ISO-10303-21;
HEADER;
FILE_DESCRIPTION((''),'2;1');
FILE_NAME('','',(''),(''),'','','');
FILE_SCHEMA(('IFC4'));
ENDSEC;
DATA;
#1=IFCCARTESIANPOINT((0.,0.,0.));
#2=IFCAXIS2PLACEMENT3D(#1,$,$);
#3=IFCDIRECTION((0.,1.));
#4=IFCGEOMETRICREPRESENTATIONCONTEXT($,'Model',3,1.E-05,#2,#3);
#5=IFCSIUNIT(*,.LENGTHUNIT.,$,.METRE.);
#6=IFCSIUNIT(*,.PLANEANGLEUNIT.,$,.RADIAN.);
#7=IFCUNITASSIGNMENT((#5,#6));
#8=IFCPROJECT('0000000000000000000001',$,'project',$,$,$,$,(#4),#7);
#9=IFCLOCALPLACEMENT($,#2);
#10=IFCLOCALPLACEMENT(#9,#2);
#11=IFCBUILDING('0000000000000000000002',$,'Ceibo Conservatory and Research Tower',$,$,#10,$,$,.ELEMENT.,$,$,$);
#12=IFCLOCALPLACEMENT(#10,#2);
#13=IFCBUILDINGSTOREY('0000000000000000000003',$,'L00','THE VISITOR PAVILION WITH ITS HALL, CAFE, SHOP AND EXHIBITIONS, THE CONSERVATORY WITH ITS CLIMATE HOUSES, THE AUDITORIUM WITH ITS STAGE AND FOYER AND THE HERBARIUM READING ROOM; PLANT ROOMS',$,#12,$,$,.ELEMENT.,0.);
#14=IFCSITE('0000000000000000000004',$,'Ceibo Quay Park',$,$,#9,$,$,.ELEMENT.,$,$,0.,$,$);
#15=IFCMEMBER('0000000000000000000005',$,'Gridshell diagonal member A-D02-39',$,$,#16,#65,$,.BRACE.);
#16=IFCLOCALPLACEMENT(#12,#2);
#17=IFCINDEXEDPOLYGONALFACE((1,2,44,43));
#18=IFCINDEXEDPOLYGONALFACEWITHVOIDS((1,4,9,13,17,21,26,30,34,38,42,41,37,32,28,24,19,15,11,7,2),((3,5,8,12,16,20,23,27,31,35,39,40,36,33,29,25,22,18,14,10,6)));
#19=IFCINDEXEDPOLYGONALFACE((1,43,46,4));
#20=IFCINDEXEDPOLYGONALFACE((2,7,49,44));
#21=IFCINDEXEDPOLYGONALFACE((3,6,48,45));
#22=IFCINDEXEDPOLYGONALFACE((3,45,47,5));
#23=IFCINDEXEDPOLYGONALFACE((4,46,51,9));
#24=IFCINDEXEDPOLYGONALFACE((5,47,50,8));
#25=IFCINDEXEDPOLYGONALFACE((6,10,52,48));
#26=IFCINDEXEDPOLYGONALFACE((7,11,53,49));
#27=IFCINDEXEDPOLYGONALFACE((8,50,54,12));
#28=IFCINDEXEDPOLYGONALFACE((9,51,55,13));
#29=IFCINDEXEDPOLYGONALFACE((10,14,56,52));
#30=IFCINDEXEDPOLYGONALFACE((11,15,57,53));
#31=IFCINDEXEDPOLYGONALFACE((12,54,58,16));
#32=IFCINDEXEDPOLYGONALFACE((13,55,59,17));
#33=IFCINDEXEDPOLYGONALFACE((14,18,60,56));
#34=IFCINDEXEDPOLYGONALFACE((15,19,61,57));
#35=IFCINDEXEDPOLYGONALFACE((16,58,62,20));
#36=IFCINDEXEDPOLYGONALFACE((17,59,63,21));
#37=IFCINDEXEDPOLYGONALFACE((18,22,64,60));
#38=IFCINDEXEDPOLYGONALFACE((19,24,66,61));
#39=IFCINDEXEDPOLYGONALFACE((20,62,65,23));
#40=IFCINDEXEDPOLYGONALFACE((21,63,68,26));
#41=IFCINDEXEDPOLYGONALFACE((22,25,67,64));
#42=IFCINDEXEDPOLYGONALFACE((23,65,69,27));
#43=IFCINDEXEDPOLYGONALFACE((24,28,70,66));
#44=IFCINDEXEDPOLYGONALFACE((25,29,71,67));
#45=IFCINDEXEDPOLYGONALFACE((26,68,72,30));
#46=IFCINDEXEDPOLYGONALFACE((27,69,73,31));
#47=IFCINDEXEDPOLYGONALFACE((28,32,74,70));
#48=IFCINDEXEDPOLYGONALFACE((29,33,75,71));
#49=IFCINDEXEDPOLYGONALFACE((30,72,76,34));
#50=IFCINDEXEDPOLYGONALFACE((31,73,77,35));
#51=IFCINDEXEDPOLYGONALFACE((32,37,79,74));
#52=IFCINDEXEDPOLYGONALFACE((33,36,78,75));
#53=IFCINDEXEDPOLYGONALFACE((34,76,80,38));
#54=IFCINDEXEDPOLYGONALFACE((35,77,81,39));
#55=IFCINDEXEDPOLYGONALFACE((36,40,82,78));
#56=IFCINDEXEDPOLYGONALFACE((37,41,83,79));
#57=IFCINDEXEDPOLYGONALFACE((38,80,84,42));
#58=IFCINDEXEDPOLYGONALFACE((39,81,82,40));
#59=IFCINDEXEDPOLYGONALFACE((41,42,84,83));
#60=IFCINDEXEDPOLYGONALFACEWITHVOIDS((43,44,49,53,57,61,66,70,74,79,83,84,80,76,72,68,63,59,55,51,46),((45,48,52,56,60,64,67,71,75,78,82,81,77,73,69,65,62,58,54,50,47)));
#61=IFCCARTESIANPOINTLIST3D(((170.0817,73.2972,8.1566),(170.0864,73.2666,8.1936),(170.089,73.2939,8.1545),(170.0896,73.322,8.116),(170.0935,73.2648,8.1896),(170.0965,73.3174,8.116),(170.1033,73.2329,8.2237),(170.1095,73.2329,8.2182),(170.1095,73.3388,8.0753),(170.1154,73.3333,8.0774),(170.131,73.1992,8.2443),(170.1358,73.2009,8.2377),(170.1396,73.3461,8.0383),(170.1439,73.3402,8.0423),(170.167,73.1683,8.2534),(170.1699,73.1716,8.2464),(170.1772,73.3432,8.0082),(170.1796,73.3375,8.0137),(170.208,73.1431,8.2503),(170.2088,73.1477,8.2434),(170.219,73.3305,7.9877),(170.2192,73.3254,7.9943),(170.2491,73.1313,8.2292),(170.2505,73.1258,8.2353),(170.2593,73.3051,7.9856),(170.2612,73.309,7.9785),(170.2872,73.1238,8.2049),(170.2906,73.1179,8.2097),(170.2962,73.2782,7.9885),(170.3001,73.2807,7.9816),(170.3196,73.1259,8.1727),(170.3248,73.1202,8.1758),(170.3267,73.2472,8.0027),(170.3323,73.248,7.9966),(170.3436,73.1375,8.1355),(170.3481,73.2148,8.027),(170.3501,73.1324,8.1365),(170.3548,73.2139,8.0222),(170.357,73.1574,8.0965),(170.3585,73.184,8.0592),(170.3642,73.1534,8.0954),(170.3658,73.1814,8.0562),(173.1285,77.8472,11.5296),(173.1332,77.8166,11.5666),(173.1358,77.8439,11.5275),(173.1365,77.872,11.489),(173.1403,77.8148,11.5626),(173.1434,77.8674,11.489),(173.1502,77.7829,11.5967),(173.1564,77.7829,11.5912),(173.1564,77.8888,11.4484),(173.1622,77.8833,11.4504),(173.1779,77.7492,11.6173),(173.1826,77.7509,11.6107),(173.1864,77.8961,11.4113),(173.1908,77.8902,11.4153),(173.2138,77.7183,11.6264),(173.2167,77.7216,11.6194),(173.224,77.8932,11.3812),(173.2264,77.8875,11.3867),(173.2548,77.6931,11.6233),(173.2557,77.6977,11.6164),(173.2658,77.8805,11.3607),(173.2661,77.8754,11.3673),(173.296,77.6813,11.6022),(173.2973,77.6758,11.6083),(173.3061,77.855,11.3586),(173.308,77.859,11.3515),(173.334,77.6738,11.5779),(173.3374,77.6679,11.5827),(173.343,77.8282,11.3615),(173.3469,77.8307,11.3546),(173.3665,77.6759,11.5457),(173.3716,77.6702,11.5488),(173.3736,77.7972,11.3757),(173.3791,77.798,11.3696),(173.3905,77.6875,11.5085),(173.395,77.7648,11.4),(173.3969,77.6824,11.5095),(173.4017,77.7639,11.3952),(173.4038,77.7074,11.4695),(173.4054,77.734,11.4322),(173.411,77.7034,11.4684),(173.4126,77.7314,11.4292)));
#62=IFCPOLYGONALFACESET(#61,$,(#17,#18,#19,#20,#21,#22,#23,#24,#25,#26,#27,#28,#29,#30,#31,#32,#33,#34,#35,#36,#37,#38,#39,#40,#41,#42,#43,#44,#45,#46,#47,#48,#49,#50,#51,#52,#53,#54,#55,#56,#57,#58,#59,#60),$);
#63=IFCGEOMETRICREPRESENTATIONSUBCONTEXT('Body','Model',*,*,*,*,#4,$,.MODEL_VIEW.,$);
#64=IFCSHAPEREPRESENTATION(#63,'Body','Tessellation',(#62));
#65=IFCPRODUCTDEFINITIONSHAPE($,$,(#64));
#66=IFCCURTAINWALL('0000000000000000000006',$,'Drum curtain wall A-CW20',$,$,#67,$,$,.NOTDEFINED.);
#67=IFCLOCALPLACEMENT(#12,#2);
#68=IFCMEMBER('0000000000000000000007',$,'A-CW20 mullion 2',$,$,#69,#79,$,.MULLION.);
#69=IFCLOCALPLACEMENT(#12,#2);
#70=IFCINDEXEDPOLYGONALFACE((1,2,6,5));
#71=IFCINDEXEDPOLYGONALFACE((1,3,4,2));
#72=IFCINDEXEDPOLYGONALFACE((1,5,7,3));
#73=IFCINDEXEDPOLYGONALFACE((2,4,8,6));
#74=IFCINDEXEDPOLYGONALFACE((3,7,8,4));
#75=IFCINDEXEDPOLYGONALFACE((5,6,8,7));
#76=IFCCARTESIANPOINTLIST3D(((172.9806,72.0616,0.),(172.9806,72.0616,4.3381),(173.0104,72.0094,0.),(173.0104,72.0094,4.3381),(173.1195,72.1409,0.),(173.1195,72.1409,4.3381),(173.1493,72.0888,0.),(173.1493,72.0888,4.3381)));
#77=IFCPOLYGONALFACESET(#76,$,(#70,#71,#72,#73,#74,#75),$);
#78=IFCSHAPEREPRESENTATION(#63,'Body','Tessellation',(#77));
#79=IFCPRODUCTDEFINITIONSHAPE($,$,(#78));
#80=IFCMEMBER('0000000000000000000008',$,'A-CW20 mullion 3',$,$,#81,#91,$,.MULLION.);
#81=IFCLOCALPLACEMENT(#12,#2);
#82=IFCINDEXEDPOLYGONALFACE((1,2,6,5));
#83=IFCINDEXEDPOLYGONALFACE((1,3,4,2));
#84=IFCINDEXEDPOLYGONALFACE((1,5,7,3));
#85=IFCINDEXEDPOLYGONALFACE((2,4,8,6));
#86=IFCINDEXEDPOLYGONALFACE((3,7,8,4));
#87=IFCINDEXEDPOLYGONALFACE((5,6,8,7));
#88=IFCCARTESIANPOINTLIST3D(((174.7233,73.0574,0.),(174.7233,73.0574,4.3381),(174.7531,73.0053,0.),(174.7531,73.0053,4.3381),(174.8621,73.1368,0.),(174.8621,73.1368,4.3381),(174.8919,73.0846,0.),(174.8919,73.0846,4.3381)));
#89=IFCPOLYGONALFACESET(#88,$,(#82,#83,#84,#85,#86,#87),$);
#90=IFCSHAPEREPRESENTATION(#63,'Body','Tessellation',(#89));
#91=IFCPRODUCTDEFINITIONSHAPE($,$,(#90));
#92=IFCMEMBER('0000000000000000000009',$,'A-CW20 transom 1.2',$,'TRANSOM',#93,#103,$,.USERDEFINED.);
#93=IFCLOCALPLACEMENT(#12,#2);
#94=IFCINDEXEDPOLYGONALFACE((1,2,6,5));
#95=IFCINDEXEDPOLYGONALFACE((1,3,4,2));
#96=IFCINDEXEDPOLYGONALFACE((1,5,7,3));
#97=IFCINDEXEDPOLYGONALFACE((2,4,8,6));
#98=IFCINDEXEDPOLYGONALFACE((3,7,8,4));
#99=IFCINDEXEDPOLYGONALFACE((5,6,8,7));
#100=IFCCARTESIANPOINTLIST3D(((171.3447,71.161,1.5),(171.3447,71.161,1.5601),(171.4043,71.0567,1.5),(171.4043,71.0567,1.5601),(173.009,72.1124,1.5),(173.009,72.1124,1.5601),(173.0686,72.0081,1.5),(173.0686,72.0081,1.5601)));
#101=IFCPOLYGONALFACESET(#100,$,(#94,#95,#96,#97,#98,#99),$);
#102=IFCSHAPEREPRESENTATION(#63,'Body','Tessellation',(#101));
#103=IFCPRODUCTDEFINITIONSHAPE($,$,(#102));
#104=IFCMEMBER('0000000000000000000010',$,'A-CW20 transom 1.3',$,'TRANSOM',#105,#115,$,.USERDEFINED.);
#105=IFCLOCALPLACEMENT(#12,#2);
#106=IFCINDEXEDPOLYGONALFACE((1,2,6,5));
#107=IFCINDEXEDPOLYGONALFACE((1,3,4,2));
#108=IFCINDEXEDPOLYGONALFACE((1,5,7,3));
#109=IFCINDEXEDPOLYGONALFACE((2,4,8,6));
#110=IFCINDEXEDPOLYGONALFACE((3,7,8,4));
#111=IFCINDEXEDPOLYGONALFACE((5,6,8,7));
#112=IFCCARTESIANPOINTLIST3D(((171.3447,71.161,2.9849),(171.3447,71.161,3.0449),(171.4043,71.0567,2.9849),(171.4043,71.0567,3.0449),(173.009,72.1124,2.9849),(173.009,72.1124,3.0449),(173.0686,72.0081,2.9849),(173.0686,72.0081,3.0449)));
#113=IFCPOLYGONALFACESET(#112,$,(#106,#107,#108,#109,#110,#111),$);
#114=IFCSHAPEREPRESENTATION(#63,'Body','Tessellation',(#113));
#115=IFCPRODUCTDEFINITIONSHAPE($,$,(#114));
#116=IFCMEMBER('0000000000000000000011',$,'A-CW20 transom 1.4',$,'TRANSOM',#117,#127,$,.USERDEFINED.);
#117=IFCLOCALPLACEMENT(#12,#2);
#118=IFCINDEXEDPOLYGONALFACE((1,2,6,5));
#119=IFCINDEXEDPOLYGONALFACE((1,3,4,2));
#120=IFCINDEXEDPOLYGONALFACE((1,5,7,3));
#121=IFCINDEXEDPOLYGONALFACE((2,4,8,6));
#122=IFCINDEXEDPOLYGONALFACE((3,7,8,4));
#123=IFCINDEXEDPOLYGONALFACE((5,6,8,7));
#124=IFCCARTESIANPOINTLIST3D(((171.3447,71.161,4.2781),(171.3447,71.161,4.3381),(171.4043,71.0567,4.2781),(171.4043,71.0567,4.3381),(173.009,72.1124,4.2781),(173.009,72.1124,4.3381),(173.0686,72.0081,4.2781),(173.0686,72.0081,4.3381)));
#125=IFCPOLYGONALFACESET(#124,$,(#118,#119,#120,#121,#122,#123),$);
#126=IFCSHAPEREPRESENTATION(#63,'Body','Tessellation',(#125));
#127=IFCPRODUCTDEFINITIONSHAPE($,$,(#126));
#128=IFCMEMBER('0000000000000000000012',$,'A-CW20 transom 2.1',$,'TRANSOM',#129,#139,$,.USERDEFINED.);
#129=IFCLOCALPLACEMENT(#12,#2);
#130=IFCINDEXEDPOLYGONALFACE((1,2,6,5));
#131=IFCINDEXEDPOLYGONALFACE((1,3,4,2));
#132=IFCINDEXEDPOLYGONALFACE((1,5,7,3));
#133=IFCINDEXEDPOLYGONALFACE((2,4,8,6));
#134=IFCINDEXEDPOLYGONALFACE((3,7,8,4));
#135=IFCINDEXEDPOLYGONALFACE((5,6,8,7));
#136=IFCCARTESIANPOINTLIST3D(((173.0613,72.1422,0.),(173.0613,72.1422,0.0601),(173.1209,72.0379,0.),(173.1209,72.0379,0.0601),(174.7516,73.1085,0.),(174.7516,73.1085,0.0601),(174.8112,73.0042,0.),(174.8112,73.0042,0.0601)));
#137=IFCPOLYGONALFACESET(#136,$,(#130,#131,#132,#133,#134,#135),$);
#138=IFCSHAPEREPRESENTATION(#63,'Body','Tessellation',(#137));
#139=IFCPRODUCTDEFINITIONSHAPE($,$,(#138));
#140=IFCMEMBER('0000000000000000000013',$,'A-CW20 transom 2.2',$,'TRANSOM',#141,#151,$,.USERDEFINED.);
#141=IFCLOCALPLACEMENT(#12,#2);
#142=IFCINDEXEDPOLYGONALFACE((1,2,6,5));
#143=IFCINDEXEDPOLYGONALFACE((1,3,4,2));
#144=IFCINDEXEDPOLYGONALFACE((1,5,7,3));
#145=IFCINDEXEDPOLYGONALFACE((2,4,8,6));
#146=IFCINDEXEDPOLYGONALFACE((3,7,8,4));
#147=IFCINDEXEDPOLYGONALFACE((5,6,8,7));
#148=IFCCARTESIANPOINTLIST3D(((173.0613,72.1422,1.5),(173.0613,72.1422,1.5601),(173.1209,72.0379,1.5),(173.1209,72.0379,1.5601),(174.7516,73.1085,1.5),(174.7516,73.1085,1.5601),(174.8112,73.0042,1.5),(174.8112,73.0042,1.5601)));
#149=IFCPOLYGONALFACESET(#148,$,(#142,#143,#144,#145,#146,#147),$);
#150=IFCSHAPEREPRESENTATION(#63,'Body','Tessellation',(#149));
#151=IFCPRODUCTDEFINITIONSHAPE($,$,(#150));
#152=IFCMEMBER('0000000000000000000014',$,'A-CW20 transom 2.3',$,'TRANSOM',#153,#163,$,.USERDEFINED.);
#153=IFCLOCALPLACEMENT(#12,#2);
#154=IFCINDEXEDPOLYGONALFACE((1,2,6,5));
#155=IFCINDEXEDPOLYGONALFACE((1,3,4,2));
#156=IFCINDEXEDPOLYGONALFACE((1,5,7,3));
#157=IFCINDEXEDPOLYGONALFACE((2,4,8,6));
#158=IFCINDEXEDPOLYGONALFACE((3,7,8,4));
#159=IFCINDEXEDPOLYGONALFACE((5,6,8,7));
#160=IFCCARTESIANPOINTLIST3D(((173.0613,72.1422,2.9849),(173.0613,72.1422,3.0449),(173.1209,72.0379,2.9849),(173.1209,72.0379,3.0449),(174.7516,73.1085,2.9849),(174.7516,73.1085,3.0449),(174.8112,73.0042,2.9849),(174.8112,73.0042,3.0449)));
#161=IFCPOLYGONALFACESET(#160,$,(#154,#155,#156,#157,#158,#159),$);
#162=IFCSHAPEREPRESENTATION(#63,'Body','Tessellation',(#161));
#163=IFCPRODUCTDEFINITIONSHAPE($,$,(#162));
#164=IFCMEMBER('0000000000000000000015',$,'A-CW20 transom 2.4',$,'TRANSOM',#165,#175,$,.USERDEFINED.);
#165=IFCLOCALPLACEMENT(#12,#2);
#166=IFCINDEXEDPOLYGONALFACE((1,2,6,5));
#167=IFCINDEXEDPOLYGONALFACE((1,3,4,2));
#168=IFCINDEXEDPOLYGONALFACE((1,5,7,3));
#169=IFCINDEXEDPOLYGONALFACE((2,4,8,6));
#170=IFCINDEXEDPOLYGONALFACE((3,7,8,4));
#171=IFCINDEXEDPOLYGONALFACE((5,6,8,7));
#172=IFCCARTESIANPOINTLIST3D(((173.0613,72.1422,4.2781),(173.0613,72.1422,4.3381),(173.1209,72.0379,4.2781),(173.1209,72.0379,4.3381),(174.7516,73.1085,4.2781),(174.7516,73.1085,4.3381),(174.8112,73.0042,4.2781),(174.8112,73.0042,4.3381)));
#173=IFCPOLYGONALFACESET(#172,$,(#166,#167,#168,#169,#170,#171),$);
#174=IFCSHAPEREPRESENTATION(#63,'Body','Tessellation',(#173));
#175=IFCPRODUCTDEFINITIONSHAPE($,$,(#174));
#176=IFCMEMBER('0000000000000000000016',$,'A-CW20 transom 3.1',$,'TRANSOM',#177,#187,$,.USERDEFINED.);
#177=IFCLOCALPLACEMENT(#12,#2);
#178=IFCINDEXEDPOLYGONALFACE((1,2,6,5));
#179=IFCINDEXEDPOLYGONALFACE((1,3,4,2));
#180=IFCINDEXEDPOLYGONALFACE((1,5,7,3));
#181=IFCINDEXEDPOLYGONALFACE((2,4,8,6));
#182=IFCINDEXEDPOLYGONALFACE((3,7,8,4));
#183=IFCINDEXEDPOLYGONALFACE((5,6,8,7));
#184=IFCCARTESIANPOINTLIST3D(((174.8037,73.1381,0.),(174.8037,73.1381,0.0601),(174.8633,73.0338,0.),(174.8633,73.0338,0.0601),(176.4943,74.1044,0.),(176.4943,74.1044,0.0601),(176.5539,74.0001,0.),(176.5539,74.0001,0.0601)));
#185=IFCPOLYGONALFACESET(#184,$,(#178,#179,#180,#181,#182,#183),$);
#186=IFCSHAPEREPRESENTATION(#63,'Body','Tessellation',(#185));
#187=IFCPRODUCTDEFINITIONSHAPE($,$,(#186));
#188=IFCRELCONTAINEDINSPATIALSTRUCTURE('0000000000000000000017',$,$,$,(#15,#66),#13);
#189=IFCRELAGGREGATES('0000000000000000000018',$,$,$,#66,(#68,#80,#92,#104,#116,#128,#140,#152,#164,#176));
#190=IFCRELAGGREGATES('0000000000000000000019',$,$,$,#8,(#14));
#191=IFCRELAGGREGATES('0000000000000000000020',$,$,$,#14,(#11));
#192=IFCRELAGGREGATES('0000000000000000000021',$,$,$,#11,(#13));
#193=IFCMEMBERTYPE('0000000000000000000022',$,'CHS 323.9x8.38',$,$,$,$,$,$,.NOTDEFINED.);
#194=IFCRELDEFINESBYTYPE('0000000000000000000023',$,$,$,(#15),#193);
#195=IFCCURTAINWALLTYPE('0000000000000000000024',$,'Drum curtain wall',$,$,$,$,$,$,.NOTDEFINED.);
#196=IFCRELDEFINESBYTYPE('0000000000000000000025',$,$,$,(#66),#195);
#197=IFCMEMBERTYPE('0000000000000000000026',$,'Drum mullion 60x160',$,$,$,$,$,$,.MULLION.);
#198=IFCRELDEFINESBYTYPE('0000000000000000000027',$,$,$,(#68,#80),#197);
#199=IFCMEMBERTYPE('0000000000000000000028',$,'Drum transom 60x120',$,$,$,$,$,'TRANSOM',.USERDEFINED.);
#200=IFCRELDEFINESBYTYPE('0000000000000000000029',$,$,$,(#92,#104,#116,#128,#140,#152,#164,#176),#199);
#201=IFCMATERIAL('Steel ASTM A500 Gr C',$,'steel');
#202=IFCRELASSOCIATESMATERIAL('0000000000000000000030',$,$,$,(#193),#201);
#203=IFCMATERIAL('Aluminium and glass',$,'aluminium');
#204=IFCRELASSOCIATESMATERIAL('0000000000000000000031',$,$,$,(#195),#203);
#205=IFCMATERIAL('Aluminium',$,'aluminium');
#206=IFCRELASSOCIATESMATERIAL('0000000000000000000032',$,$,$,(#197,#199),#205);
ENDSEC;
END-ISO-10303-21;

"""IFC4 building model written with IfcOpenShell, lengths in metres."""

from ifc_helpers import new_model, si_unit, direction, frame, origin, origin_2d, place, context, subcontext, project, spatial, rectangle, hollow_circle, extrude, material, material_profile, profile_set, type_object, element, aggregate, save


model = new_model("IFC4")

# Units and contexts
model_context = context("Model", 3, precision=1e-05, world=origin(), true_north=direction((0.0, 1.0)))
body_context = subcontext(model_context, "Body", "Model", "MODEL_VIEW")
ifc_project = project(units=[si_unit("LENGTHUNIT", "METRE"), si_unit("PLANEANGLEUNIT", "RADIAN")], contexts=[model_context])

# Site, building, storey
site_placement = place(None, origin())
site = spatial("IfcSite", under=ifc_project, at=site_placement, Name="Ceibo Quay Park", CompositionType="ELEMENT", RefElevation=0.0)
building_placement = place(site_placement, origin())
building = spatial("IfcBuilding", under=site, at=building_placement, Name="Ceibo Conservatory and Research Tower", CompositionType="ELEMENT")
storey_placement = place(building_placement, origin())
storey = spatial("IfcBuildingStorey", under=building, at=storey_placement, Name="L00", Description="THE VISITOR PAVILION WITH ITS HALL, CAFE, SHOP AND EXHIBITIONS, THE CONSERVATORY WITH ITS CLIMATE HOUSES, THE AUDITORIUM WITH ITS STAGE AND FOYER AND THE HERBARIUM READING ROOM; PLANT ROOMS", CompositionType="ELEMENT", Elevation=0.0)

# Member
ifc_material_1 = material(Name="Steel ASTM A500 Gr C", Category="steel")
ifc_material_profile_1 = material_profile(ifc_material_1, hollow_circle(Radius=0.1619, WallThickness=0.0083, at=origin_2d()), Name="CHS 323.9x8.38")
ifc_profile_set_1 = profile_set([ifc_material_profile_1], Name="Steel ASTM A500 Gr C")
member_type_1 = type_object("IfcMemberType", Name="CHS 323.9x8.38", PredefinedType="NOTDEFINED", material=ifc_profile_set_1)
member_1_placement = place(storey_placement, frame((170.2241, 73.2319, 8.116), z_axis=(0.473745, 0.707466, 0.52446), x_axis=(-0.83091, 0.556407, 0.0)))
element("IfcMember", 1, at=member_1_placement, inside=storey, type_object=member_type_1, Name="Gridshell diagonal member A-D02-39", PredefinedType="BRACE", context=body_context, shape_type="SweptSolid", body=[
    extrude(hollow_circle(Radius=0.1619, WallThickness=0.0083, at=origin_2d()), origin(), (0.0, 0.0, 1.0), 6.4314),
])

# Curtain wall, members
ifc_material_2 = material(Name="Aluminium and glass", Category="aluminium")
curtain_wall_type = type_object("IfcCurtainWallType", Name="Drum curtain wall", PredefinedType="NOTDEFINED", material=ifc_material_2)
curtain_wall_placement = place(storey_placement, origin())
curtain_wall = element("IfcCurtainWall", 2, at=curtain_wall_placement, inside=storey, type_object=curtain_wall_type, Name="Drum curtain wall A-CW20", PredefinedType="NOTDEFINED")
ifc_material_3 = material(Name="Aluminium", Category="aluminium")
ifc_material_profile_2 = material_profile(ifc_material_3, rectangle(XDim=0.0601, YDim=0.1599, at=origin_2d()), Name="AL 60x160")
ifc_profile_set_2 = profile_set([ifc_material_profile_2], Name="Aluminium")
member_type_2 = type_object("IfcMemberType", Name="Drum mullion 60x160", PredefinedType="MULLION", material=ifc_profile_set_2)
member_2_placement = place(storey_placement, frame((173.0649, 72.0752, 0.0), z_axis=(0.0, 0.0, 1.0), x_axis=(-0.496216, 0.868199, 0.0)))
member_2 = element("IfcMember", 3, at=member_2_placement, type_object=member_type_2, Name="A-CW20 mullion 2", PredefinedType="MULLION", context=body_context, shape_type="SweptSolid", body=[
    extrude(rectangle(XDim=0.0601, YDim=0.1599, at=origin_2d()), origin(), (0.0, 0.0, 1.0), 4.3381),
])
member_3_placement = place(storey_placement, frame((174.8076, 73.071, 0.0), z_axis=(0.0, 0.0, 1.0), x_axis=(-0.496216, 0.868199, 0.0)))
member_3 = element("IfcMember", 4, at=member_3_placement, type_object=member_type_2, Name="A-CW20 mullion 3", PredefinedType="MULLION", context=body_context, shape_type="SweptSolid", body=[
    extrude(rectangle(XDim=0.0601, YDim=0.1599, at=origin_2d()), origin(), (0.0, 0.0, 1.0), 4.3381),
])
ifc_material_profile_3 = material_profile(ifc_material_3, rectangle(XDim=0.1201, YDim=0.0601, at=origin_2d()), Name="AL 60x120")
ifc_profile_set_3 = profile_set([ifc_material_profile_3], Name="Aluminium")
member_type_3 = type_object("IfcMemberType", Name="Drum transom 60x120", ElementType="TRANSOM", PredefinedType="USERDEFINED", material=ifc_profile_set_3)
member_4_placement = place(storey_placement, frame((171.3745, 71.1089, 1.53), z_axis=(0.868157, 0.49629, 0.0), x_axis=(-0.49629, 0.868157, 0.0)))
member_4 = element("IfcMember", 5, at=member_4_placement, type_object=member_type_3, Name="A-CW20 transom 1.2", ObjectType="TRANSOM", PredefinedType="USERDEFINED", context=body_context, shape_type="SweptSolid", body=[
    extrude(rectangle(XDim=0.1201, YDim=0.0601, at=origin_2d()), origin(), (0.0, 0.0, 1.0), 1.917),
])
member_5_placement = place(storey_placement, frame((171.3745, 71.1089, 3.0149), z_axis=(0.868157, 0.49629, 0.0), x_axis=(-0.49629, 0.868157, 0.0)))
member_5 = element("IfcMember", 6, at=member_5_placement, type_object=member_type_3, Name="A-CW20 transom 1.3", ObjectType="TRANSOM", PredefinedType="USERDEFINED", context=body_context, shape_type="SweptSolid", body=[
    extrude(rectangle(XDim=0.1201, YDim=0.0601, at=origin_2d()), origin(), (0.0, 0.0, 1.0), 1.917),
])
member_6_placement = place(storey_placement, frame((171.3745, 71.1089, 4.3081), z_axis=(0.868157, 0.49629, 0.0), x_axis=(-0.49629, 0.868157, 0.0)))
member_6 = element("IfcMember", 7, at=member_6_placement, type_object=member_type_3, Name="A-CW20 transom 1.4", ObjectType="TRANSOM", PredefinedType="USERDEFINED", context=body_context, shape_type="SweptSolid", body=[
    extrude(rectangle(XDim=0.1201, YDim=0.0601, at=origin_2d()), origin(), (0.0, 0.0, 1.0), 1.917),
])
member_7_placement = place(storey_placement, frame((173.0911, 72.0901, 0.03), z_axis=(0.868166, 0.496274, 0.0), x_axis=(-0.496274, 0.868166, 0.0)))
member_7 = element("IfcMember", 8, at=member_7_placement, type_object=member_type_3, Name="A-CW20 transom 2.1", ObjectType="TRANSOM", PredefinedType="USERDEFINED", context=body_context, shape_type="SweptSolid", body=[
    extrude(rectangle(XDim=0.1201, YDim=0.0601, at=origin_2d()), origin(), (0.0, 0.0, 1.0), 1.947),
])
member_8_placement = place(storey_placement, frame((173.0911, 72.0901, 1.53), z_axis=(0.868166, 0.496274, 0.0), x_axis=(-0.496274, 0.868166, 0.0)))
member_8 = element("IfcMember", 9, at=member_8_placement, type_object=member_type_3, Name="A-CW20 transom 2.2", ObjectType="TRANSOM", PredefinedType="USERDEFINED", context=body_context, shape_type="SweptSolid", body=[
    extrude(rectangle(XDim=0.1201, YDim=0.0601, at=origin_2d()), origin(), (0.0, 0.0, 1.0), 1.947),
])
member_9_placement = place(storey_placement, frame((173.0911, 72.0901, 3.0149), z_axis=(0.868166, 0.496274, 0.0), x_axis=(-0.496274, 0.868166, 0.0)))
member_9 = element("IfcMember", 10, at=member_9_placement, type_object=member_type_3, Name="A-CW20 transom 2.3", ObjectType="TRANSOM", PredefinedType="USERDEFINED", context=body_context, shape_type="SweptSolid", body=[
    extrude(rectangle(XDim=0.1201, YDim=0.0601, at=origin_2d()), origin(), (0.0, 0.0, 1.0), 1.947),
])
member_10_placement = place(storey_placement, frame((173.0911, 72.0901, 4.3081), z_axis=(0.868166, 0.496274, 0.0), x_axis=(-0.496274, 0.868166, 0.0)))
member_10 = element("IfcMember", 11, at=member_10_placement, type_object=member_type_3, Name="A-CW20 transom 2.4", ObjectType="TRANSOM", PredefinedType="USERDEFINED", context=body_context, shape_type="SweptSolid", body=[
    extrude(rectangle(XDim=0.1201, YDim=0.0601, at=origin_2d()), origin(), (0.0, 0.0, 1.0), 1.947),
])
member_11_placement = place(storey_placement, frame((174.8335, 73.0859, 0.03), z_axis=(0.868197, 0.49622, 0.0), x_axis=(-0.49622, 0.868197, 0.0)))
member_11 = element("IfcMember", 12, at=member_11_placement, type_object=member_type_3, Name="A-CW20 transom 3.1", ObjectType="TRANSOM", PredefinedType="USERDEFINED", context=body_context, shape_type="SweptSolid", body=[
    extrude(rectangle(XDim=0.1201, YDim=0.0601, at=origin_2d()), origin(), (0.0, 0.0, 1.0), 1.9473),
])

aggregate(curtain_wall, [member_2, member_3, member_4, member_5, member_6, member_7, member_8, member_9, member_10, member_11])

save(model, "model.ifc")
